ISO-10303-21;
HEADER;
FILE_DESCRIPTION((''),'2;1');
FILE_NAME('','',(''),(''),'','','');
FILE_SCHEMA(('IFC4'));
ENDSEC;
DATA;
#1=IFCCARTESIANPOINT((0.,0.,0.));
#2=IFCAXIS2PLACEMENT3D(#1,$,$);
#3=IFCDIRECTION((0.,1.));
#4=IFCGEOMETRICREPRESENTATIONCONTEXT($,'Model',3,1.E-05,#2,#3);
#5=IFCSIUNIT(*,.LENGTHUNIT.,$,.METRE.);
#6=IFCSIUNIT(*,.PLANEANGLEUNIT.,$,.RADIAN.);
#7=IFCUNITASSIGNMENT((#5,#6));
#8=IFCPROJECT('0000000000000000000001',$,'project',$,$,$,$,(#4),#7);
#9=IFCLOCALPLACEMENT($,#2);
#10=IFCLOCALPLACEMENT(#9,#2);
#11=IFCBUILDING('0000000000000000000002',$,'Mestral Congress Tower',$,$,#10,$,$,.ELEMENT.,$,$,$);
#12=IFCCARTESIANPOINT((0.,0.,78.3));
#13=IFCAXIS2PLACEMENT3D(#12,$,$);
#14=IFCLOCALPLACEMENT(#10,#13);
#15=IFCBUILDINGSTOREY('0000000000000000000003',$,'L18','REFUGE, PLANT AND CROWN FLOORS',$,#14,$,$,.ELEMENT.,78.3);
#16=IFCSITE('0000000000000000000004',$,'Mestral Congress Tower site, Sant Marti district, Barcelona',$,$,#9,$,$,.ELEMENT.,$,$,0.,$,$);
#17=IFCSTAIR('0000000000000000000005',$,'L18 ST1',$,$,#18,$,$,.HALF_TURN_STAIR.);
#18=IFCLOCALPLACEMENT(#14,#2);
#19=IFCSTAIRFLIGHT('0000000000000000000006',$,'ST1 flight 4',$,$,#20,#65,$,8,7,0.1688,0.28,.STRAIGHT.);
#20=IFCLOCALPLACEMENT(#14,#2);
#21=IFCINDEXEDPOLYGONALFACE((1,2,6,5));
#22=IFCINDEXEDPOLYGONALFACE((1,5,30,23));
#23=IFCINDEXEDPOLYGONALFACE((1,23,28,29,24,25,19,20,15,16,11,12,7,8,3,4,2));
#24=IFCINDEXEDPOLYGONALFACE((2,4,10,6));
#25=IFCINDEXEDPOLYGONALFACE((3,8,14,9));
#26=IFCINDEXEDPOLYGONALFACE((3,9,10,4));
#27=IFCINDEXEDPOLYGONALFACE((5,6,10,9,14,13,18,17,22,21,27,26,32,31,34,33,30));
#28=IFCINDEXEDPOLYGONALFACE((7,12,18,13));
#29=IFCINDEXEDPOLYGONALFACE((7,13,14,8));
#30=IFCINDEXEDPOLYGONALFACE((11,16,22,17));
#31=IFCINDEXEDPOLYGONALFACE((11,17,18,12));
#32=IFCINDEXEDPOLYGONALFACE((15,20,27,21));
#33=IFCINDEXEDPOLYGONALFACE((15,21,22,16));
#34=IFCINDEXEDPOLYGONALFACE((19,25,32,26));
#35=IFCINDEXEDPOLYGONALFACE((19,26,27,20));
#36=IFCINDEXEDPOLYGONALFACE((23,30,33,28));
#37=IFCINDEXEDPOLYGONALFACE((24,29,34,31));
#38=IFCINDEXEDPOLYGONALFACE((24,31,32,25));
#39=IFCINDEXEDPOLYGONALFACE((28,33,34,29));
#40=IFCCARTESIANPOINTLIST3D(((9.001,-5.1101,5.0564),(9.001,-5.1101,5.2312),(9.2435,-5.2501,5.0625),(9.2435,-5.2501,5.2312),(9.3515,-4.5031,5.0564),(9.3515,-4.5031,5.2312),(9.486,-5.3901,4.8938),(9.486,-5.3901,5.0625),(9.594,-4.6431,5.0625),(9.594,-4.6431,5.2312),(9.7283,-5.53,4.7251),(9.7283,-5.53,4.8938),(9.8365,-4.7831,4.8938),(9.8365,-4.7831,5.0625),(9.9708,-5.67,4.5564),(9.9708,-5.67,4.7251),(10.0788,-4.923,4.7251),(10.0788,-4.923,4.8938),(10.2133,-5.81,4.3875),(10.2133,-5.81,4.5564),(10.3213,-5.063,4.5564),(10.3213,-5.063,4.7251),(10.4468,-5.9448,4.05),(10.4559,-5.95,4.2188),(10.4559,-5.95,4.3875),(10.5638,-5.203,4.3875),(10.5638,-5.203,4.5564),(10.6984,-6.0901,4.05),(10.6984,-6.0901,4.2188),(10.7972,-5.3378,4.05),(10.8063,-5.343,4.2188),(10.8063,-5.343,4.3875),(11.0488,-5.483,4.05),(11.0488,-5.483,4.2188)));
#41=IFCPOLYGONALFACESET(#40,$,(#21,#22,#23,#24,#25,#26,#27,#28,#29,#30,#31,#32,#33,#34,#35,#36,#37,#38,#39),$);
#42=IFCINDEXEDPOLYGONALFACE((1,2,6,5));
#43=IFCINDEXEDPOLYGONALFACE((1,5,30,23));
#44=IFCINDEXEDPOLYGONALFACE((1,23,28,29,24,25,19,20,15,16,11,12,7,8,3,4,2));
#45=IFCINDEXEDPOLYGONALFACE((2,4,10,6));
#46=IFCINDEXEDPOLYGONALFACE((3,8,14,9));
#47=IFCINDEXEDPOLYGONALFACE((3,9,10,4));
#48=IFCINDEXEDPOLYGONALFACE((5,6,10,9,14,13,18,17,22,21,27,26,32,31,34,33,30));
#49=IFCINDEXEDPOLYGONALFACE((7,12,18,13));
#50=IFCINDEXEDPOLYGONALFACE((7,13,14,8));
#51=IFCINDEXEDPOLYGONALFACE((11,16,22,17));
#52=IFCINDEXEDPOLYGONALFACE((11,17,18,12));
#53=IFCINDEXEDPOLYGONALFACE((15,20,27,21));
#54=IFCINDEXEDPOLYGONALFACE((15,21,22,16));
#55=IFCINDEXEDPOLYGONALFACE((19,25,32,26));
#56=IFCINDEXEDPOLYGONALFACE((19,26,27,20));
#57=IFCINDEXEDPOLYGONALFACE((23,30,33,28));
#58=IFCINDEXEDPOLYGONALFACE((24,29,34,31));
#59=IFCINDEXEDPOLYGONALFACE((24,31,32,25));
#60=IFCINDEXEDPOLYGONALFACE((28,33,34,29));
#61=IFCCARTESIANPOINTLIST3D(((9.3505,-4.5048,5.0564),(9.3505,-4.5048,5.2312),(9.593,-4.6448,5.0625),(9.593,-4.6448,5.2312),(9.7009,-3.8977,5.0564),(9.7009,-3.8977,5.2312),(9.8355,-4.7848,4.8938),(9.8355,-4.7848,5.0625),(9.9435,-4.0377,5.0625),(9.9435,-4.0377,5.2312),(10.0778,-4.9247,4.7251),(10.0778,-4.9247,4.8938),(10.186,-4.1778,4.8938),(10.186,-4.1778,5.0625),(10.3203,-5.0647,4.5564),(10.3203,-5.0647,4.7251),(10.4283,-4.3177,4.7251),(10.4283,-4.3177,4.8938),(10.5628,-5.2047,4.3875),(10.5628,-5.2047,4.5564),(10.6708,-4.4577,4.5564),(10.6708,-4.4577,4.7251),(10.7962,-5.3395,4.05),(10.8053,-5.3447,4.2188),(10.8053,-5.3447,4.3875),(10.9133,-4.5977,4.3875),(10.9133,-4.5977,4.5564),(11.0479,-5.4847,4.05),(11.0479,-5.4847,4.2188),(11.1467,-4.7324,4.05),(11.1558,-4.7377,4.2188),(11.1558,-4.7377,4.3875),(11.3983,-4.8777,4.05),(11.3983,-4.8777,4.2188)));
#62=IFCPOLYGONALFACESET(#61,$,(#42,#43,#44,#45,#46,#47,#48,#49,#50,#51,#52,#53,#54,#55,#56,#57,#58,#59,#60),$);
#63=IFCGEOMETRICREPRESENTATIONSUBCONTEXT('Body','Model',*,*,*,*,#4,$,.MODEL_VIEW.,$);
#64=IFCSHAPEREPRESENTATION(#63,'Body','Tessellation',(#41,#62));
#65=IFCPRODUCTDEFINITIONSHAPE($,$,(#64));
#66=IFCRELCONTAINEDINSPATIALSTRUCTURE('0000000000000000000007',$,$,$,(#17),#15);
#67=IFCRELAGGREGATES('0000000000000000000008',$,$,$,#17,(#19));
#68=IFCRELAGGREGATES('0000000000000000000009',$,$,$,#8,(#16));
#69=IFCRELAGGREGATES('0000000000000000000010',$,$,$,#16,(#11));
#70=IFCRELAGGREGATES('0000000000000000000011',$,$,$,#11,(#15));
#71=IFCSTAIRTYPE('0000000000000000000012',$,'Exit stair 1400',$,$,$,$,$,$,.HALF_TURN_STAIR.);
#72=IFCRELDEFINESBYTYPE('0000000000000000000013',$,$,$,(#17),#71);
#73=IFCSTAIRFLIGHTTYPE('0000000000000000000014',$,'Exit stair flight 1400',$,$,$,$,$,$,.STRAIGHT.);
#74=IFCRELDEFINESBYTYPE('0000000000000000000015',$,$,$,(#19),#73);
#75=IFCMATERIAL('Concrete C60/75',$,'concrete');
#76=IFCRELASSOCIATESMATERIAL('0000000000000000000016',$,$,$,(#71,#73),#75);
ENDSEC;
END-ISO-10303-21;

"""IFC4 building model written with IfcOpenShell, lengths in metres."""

from ifc_helpers import new_model, si_unit, direction, frame, origin, place, context, subcontext, project, spatial, polyline, outline, extrude, material, type_object, element, aggregate, save


model = new_model("IFC4")

# Units and contexts
model_context = context("Model", 3, precision=1e-05, world=origin(), true_north=direction((0.0, 1.0)))
body_context = subcontext(model_context, "Body", "Model", "MODEL_VIEW")
ifc_project = project(units=[si_unit("LENGTHUNIT", "METRE"), si_unit("PLANEANGLEUNIT", "RADIAN")], contexts=[model_context])

# Site, building, storey
site_placement = place(None, origin())
site = spatial("IfcSite", under=ifc_project, at=site_placement, Name="Mestral Congress Tower site, Sant Marti district, Barcelona", CompositionType="ELEMENT", RefElevation=0.0)
building_placement = place(site_placement, origin())
building = spatial("IfcBuilding", under=site, at=building_placement, Name="Mestral Congress Tower", CompositionType="ELEMENT")
storey_placement = place(building_placement, frame((0.0, 0.0, 78.3)))
storey = spatial("IfcBuildingStorey", under=building, at=storey_placement, Name="L18", Description="REFUGE, PLANT AND CROWN FLOORS", CompositionType="ELEMENT", Elevation=78.3)

# Shared definitions
ifc_material_1 = material(Name="Concrete C60/75", Category="concrete")

# Stair, stair flight
stair_type = type_object("IfcStairType", Name="Exit stair 1400", PredefinedType="HALF_TURN_STAIR", material=ifc_material_1)
stair_placement = place(storey_placement, origin())
stair = element("IfcStair", 1, at=stair_placement, inside=storey, type_object=stair_type, Name="L18 ST1", PredefinedType="HALF_TURN_STAIR")
stair_flight_type = type_object("IfcStairFlightType", Name="Exit stair flight 1400", PredefinedType="STRAIGHT", material=ifc_material_1)
stair_flight_1_placement = place(storey_placement, frame((11.0483, -5.4839, 4.05), z_axis=(0.0, 0.0, 1.0), x_axis=(-0.866025, 0.5, 0.0)))
stair_flight_1 = element("IfcStairFlight", 2, at=stair_flight_1_placement, type_object=stair_flight_type, Name="ST1 flight 4", NumberOfRisers=8, NumberOfTreads=7, PredefinedType="STRAIGHT", RiserHeight=0.1688, TreadLength=0.28, context=body_context, shape_type="SweptSolid", body=[
    extrude(outline(polyline([(0.0, 0.0), (0.0, 0.1687), (0.28, 0.1687), (0.28, 0.3374), (0.5601, 0.3374), (0.5601, 0.5063), (0.8401, 0.5063), (0.8401, 0.675), (1.1201, 0.675), (1.1201, 0.8438), (1.3999, 0.8438), (1.3999, 1.0125), (1.6799, 1.0125), (1.6799, 1.1812), (1.96, 1.1812), (1.96, 1.3501), (1.96, 1.0063), (0.2905, 0.0), (0.0, 0.0)])), frame((0.0, 0.7, 0.0), z_axis=(0.0, -1.0, 0.0), x_axis=(1.0, 0.0, 0.0)), (0.0, 0.0, 1.0), 0.7009),
    extrude(outline(polyline([(0.0, 0.0), (0.0, 0.1687), (0.28, 0.1687), (0.28, 0.3374), (0.5601, 0.3374), (0.5601, 0.5063), (0.8401, 0.5063), (0.8401, 0.675), (1.1201, 0.675), (1.1201, 0.8438), (1.3999, 0.8438), (1.3999, 1.0125), (1.6799, 1.0125), (1.6799, 1.1812), (1.96, 1.1812), (1.96, 1.3501), (1.96, 1.0063), (0.2905, 0.0), (0.0, 0.0)])), frame((0.0, 0.001, 0.0), z_axis=(0.0, -1.0, 0.0), x_axis=(1.0, 0.0, 0.0)), (0.0, 0.0, 1.0), 0.7009),
])
aggregate(stair, [stair_flight_1])

save(model, "model.ifc")
